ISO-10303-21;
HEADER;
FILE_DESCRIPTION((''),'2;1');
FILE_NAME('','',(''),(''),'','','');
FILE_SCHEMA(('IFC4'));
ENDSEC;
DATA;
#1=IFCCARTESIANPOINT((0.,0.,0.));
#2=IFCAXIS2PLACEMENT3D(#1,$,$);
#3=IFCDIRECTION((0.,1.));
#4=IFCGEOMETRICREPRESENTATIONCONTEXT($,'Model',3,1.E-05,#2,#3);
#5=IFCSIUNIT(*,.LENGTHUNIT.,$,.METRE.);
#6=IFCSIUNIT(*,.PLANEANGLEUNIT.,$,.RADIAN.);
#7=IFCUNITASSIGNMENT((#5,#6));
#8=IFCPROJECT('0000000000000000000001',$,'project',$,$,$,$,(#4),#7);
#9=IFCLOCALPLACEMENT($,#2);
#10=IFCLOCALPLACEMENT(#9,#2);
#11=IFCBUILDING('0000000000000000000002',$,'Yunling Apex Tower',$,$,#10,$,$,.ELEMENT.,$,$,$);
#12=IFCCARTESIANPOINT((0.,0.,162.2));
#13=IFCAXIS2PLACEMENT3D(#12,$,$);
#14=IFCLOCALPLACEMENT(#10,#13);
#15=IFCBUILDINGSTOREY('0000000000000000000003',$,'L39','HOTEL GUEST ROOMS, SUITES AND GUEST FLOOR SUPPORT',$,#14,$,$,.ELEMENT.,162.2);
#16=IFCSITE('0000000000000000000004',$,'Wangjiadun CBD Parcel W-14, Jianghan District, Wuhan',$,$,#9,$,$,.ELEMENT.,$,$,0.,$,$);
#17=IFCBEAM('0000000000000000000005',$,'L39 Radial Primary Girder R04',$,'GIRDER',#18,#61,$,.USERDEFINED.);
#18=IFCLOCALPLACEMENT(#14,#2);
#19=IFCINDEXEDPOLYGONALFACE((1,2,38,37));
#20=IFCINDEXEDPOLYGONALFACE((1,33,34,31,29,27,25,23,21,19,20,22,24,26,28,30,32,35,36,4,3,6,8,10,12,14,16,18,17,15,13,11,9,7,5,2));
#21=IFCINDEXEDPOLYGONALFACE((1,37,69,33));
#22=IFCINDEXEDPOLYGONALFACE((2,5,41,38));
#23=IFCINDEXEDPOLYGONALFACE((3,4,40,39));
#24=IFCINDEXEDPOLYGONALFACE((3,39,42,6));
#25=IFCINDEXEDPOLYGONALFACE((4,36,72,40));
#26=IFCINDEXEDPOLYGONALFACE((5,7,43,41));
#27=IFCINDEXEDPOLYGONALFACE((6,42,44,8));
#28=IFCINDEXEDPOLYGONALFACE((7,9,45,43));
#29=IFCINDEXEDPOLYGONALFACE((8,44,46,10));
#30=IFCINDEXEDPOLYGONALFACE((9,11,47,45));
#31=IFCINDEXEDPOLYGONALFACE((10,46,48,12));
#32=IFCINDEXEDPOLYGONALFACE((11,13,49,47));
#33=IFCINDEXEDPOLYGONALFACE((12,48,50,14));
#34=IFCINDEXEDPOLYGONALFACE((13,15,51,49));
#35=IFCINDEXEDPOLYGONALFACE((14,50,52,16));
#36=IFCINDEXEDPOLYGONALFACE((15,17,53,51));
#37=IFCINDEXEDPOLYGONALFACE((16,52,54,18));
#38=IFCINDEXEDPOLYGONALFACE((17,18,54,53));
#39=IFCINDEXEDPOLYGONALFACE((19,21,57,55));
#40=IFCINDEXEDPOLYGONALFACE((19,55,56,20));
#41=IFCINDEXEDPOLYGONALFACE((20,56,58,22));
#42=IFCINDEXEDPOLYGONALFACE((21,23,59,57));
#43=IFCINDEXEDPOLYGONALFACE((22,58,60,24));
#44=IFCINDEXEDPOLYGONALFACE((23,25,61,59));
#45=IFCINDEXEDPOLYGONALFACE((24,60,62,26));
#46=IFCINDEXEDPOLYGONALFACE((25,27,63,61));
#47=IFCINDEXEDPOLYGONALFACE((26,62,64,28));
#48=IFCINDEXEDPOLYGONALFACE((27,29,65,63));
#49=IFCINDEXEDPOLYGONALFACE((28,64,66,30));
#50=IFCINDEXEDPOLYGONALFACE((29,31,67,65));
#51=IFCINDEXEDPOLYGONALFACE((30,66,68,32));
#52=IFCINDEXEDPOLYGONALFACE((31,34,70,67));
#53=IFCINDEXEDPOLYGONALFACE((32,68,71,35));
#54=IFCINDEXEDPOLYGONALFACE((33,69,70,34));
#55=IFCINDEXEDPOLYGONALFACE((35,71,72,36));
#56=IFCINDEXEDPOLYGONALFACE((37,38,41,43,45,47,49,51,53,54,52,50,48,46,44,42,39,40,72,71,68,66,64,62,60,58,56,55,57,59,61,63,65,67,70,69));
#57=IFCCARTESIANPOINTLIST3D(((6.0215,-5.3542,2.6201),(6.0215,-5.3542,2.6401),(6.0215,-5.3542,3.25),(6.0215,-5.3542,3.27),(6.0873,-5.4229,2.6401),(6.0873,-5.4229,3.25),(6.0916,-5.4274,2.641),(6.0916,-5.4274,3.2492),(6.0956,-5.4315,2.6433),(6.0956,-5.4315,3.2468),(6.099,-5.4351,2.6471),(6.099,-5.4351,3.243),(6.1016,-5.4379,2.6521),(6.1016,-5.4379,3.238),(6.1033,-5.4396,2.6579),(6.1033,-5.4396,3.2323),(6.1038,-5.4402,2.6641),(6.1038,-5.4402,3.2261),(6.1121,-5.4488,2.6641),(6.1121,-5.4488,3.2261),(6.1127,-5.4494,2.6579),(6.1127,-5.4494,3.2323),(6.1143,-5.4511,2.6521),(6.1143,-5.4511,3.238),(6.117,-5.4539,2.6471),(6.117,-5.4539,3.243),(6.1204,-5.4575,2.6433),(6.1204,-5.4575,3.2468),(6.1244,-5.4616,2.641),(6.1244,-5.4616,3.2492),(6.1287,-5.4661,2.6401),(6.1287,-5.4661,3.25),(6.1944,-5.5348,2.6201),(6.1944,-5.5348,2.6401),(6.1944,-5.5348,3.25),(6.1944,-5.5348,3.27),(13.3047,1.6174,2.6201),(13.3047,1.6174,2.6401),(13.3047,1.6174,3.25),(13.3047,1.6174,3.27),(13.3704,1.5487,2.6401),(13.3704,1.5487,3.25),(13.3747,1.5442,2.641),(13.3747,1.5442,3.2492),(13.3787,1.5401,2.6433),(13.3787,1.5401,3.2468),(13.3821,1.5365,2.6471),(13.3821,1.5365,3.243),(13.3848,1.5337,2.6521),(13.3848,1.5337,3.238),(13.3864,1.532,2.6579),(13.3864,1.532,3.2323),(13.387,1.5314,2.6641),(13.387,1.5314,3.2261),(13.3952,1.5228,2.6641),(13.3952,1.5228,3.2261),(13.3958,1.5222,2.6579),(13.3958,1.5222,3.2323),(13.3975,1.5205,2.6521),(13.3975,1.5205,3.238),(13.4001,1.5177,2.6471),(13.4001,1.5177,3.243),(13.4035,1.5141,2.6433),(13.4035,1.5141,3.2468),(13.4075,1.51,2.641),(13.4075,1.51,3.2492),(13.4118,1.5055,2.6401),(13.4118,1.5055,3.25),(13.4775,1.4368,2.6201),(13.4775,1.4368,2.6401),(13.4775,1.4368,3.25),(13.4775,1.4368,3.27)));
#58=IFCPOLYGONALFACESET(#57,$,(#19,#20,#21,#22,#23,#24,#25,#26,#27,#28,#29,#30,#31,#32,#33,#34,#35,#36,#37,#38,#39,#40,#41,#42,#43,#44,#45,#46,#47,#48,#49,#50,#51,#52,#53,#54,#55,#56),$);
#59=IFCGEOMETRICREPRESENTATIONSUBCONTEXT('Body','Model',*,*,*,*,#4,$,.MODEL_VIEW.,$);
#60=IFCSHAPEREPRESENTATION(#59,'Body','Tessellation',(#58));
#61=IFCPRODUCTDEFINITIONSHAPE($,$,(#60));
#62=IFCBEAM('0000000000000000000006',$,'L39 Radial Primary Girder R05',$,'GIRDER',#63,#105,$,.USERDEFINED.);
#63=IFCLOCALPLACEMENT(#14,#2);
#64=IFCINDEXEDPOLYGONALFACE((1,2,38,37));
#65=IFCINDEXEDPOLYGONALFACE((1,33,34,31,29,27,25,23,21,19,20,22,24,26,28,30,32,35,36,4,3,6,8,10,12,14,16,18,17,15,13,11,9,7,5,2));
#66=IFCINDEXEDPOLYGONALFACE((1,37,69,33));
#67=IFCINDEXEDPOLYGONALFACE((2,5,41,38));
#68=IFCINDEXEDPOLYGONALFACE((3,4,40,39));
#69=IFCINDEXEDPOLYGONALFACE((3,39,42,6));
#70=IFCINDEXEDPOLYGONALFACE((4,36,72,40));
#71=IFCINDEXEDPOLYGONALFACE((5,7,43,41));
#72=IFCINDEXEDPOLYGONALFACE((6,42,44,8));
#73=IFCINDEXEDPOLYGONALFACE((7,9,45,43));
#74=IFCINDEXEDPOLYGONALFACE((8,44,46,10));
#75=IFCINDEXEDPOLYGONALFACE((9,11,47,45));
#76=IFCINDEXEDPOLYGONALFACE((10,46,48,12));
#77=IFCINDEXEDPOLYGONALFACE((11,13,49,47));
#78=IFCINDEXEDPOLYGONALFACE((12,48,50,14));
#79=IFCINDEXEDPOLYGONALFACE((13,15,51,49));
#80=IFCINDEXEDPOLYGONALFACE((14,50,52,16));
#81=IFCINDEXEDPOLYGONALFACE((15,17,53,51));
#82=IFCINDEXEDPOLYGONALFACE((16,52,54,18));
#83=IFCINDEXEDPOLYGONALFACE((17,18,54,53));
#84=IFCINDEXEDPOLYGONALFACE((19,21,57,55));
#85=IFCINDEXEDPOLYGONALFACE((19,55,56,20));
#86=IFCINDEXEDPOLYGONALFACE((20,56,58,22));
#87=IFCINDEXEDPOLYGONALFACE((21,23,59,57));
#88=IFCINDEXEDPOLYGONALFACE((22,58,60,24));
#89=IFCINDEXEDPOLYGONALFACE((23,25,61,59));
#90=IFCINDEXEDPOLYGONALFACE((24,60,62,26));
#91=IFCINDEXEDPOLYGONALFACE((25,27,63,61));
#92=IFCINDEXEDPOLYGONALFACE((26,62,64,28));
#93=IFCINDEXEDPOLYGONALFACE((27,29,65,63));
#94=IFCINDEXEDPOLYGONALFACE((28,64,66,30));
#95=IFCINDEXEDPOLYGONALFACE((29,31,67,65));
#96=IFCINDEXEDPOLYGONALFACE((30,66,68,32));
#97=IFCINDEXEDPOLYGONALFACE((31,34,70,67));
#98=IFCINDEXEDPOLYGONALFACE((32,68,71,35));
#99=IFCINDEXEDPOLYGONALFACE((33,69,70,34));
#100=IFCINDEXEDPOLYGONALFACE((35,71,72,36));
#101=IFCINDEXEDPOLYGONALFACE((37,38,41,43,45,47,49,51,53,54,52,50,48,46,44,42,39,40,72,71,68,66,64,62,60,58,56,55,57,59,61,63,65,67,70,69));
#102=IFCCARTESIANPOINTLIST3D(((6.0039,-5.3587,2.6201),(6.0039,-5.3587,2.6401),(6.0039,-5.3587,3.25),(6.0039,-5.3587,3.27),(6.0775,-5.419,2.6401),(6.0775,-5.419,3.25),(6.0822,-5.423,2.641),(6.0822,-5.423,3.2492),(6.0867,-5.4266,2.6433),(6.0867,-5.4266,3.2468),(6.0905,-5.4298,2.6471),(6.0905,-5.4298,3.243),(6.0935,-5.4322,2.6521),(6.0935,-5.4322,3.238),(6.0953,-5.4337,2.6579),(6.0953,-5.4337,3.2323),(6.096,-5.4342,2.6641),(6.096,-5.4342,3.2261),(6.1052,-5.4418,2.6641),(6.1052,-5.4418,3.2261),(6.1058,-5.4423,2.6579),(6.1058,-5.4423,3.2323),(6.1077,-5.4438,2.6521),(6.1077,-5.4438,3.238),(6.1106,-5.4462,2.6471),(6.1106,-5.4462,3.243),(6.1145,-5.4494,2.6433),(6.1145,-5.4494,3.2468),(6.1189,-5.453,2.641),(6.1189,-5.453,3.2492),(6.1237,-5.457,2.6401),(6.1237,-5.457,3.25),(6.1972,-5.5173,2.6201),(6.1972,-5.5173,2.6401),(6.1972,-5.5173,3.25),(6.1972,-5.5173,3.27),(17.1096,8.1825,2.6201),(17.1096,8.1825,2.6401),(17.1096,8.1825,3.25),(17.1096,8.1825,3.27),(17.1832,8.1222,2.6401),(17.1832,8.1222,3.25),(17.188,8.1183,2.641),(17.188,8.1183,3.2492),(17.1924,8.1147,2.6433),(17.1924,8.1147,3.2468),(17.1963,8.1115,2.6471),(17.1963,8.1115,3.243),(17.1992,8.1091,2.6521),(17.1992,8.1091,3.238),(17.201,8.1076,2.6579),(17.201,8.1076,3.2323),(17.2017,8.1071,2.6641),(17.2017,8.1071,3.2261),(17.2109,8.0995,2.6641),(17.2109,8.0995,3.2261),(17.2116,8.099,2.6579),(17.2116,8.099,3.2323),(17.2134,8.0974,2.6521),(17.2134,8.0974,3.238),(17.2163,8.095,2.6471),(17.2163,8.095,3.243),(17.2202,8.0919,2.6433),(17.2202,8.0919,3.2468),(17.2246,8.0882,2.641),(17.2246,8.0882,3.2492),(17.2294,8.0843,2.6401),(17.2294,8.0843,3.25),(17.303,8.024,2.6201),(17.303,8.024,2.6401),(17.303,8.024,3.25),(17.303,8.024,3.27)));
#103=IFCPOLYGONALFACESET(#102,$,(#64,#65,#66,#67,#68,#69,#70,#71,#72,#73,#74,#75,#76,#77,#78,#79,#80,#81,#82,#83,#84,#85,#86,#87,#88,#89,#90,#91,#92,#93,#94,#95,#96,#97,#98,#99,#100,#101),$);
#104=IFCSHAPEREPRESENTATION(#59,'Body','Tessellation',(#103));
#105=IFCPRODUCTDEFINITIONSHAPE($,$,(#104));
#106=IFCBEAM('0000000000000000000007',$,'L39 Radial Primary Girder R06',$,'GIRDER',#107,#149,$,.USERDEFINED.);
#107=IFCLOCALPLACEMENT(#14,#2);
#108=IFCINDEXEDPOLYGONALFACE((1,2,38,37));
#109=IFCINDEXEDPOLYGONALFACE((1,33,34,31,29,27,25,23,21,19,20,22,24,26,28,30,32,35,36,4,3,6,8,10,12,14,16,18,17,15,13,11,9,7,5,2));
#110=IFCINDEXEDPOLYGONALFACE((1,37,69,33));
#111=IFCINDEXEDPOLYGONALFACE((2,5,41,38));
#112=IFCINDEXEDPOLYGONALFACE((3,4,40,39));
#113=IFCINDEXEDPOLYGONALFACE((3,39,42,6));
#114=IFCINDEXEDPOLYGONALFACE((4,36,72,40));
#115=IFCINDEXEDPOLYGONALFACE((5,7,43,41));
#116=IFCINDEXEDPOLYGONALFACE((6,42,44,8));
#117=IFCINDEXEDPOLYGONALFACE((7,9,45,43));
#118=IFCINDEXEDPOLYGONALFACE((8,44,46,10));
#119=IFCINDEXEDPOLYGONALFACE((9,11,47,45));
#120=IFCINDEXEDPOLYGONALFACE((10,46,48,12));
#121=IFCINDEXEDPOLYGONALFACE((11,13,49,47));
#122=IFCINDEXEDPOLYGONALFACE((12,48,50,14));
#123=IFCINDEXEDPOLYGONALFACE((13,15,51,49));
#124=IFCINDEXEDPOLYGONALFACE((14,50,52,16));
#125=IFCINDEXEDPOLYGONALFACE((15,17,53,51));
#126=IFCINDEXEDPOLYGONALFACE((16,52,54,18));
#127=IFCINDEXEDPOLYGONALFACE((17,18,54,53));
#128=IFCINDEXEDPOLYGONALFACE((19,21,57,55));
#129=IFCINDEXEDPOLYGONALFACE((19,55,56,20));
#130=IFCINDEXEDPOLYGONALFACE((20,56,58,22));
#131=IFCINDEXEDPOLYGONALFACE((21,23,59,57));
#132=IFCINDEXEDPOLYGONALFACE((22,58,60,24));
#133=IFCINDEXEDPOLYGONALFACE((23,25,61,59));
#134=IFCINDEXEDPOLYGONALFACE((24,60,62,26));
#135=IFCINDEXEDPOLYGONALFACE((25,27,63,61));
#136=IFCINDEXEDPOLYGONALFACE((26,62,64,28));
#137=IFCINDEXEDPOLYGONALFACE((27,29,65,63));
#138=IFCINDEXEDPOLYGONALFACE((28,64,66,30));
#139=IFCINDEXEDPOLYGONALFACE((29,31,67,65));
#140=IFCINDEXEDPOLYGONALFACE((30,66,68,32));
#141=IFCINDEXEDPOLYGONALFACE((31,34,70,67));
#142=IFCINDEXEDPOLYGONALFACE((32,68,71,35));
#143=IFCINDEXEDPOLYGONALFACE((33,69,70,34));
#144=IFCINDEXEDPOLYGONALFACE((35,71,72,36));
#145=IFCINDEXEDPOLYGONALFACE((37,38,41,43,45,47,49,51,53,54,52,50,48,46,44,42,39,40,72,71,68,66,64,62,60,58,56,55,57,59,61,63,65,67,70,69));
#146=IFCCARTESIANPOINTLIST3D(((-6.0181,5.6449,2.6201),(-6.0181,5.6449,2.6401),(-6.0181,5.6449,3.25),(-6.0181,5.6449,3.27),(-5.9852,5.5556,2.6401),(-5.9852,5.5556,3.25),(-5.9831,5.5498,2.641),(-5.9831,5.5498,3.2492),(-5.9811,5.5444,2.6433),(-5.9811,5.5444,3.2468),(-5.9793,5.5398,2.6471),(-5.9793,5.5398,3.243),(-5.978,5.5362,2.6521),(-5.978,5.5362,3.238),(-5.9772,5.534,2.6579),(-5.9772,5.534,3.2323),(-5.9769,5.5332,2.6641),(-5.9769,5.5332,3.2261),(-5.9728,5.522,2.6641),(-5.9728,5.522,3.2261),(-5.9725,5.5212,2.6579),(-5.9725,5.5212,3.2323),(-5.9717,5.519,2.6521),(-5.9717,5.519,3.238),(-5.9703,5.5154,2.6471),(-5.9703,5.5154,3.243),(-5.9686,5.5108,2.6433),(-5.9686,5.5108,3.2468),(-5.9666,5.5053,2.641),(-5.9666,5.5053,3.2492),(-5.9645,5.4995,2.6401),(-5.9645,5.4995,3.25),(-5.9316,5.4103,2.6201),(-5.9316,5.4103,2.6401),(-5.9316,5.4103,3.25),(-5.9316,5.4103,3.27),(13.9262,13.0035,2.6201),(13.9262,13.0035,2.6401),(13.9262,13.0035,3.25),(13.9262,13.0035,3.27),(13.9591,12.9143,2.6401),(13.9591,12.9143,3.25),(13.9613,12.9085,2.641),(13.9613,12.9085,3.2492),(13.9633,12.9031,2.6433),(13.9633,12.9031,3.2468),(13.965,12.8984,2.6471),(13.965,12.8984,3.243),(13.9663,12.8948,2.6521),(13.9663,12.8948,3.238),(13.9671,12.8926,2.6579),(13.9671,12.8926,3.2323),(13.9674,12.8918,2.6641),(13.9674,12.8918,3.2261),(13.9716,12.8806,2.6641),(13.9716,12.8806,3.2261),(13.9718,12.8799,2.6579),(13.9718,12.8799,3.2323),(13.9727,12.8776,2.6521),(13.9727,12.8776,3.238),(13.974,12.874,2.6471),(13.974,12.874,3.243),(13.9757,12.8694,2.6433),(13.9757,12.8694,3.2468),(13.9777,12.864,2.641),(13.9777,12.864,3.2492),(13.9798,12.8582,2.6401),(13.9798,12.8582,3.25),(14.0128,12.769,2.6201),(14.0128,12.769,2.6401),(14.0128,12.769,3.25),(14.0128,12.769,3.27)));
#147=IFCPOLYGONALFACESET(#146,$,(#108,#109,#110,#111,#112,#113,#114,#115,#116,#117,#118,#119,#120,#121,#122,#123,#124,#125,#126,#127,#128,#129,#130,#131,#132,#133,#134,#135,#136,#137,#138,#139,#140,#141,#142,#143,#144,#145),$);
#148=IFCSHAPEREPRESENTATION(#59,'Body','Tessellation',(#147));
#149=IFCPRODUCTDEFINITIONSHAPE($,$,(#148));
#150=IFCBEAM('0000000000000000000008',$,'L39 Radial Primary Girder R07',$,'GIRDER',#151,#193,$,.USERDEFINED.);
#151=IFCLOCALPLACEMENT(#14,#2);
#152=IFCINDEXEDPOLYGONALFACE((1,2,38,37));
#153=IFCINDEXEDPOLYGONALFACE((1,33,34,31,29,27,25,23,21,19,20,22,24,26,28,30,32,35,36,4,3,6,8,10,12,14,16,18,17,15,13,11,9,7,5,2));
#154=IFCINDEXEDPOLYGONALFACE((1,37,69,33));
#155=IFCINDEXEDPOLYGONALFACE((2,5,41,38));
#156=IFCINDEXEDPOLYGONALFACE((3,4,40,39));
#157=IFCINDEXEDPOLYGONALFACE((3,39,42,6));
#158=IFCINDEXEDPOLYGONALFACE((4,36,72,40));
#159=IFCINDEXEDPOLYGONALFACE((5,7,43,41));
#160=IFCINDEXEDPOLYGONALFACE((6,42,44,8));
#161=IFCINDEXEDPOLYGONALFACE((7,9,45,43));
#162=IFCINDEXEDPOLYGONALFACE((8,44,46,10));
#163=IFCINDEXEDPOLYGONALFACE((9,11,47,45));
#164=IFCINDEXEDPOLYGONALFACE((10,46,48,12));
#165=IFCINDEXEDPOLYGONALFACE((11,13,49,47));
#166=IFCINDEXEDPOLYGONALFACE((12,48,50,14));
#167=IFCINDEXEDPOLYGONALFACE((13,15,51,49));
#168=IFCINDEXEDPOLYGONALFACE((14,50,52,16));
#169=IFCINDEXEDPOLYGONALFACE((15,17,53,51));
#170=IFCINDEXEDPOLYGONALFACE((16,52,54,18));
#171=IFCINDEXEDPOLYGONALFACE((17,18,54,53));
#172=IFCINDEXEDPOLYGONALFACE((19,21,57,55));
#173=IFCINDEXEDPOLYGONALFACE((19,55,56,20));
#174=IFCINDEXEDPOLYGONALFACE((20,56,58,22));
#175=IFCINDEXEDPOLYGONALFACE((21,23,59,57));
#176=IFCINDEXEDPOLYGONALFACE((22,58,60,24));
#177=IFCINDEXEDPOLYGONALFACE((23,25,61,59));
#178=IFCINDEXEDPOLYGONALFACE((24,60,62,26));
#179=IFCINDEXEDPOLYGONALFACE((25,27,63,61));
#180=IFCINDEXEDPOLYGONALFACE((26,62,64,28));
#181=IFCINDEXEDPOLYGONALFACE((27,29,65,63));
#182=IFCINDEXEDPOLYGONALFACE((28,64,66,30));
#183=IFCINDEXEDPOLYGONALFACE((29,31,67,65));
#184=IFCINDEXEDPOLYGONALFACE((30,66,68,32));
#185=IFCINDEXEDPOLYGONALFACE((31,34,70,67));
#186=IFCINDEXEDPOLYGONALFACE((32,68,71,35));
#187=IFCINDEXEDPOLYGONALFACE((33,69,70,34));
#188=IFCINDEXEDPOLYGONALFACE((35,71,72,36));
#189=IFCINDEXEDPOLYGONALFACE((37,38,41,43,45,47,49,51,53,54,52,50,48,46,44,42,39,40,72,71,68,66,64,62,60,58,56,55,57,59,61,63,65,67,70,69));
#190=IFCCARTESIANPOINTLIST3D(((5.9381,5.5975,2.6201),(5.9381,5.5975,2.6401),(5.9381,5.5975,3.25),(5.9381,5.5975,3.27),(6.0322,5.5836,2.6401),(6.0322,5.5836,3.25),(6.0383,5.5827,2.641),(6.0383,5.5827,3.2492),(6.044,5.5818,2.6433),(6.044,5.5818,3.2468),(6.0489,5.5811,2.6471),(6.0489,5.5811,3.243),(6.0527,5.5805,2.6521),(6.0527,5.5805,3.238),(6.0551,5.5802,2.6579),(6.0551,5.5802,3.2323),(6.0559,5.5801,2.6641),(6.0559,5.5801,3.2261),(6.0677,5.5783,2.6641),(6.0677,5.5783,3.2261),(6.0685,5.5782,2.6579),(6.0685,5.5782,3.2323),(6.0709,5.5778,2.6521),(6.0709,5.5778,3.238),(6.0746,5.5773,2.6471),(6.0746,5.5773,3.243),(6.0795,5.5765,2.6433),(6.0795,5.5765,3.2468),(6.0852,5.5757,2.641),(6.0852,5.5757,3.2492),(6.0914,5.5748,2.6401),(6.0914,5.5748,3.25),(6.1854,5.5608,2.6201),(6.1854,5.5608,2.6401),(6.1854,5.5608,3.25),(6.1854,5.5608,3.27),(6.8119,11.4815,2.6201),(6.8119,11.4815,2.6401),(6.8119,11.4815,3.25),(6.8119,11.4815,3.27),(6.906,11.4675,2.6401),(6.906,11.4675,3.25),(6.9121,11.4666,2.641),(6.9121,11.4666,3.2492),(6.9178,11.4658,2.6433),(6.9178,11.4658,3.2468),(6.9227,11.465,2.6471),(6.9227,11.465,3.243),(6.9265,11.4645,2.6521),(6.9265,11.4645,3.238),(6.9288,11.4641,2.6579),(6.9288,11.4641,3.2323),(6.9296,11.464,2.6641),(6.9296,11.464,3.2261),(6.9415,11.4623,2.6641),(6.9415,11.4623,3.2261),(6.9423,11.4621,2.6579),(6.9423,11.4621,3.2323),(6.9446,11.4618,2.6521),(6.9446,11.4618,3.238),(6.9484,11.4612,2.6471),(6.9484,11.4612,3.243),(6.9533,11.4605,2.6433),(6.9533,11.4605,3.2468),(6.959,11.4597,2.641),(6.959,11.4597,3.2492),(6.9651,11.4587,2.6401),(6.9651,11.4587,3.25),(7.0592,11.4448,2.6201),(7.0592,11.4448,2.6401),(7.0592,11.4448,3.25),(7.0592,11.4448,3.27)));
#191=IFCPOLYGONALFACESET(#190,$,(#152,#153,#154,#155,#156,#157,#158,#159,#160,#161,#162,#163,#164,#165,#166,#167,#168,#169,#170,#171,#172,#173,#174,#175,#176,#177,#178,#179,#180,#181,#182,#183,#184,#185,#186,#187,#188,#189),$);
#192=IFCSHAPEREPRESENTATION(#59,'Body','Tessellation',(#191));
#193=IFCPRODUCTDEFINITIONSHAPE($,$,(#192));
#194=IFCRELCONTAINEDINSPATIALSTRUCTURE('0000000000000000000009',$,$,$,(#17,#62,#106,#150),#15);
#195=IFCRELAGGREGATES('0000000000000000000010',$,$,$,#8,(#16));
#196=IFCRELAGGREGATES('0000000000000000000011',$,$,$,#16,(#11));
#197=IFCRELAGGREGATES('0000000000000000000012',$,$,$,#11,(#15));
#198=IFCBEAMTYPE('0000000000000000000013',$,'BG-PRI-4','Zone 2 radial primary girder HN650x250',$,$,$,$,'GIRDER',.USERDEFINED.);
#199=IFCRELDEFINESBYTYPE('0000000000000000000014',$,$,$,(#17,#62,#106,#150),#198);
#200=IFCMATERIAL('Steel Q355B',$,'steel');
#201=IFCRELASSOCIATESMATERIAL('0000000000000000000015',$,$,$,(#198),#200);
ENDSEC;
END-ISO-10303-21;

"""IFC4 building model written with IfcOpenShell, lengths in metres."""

from ifc_helpers import new_model, si_unit, direction, frame, origin, origin_2d, place, context, subcontext, project, spatial, i_section, extrude, source, transform, mapped, material, material_profile, profile_set, type_object, element, save


model = new_model("IFC4")

# Units and contexts
model_context = context("Model", 3, precision=1e-05, world=origin(), true_north=direction((0.0, 1.0)))
body_context = subcontext(model_context, "Body", "Model", "MODEL_VIEW")
ifc_project = project(units=[si_unit("LENGTHUNIT", "METRE"), si_unit("PLANEANGLEUNIT", "RADIAN")], contexts=[model_context])

# Site, building, storey
site_placement = place(None, origin())
site = spatial("IfcSite", under=ifc_project, at=site_placement, Name="Wangjiadun CBD Parcel W-14, Jianghan District, Wuhan", CompositionType="ELEMENT", RefElevation=0.0)
building_placement = place(site_placement, origin())
building = spatial("IfcBuilding", under=site, at=building_placement, Name="Yunling Apex Tower", CompositionType="ELEMENT")
storey_placement = place(building_placement, frame((0.0, 0.0, 162.2)))
storey = spatial("IfcBuildingStorey", under=building, at=storey_placement, Name="L39", Description="HOTEL GUEST ROOMS, SUITES AND GUEST FLOOR SUPPORT", CompositionType="ELEMENT", Elevation=162.2)

# Beams
ifc_material_1 = material(Name="Steel Q355B", Category="steel")
ifc_material_profile_1 = material_profile(ifc_material_1, i_section(OverallWidth=0.25, OverallDepth=0.6499, WebThickness=0.012, FlangeThickness=0.02, FilletRadius=0.0239, at=origin_2d()))
ifc_profile_set_1 = profile_set([ifc_material_profile_1], Name="Steel Q355B")
beam_type_1 = type_object("IfcBeamType", Name="BG-PRI-4", Description="Zone 2 radial primary girder HN650x250", ElementType="GIRDER", PredefinedType="USERDEFINED", material=ifc_profile_set_1)
shared_shape_1 = source(origin(), body_context, "Body", "SweptSolid", [
    extrude(i_section(OverallWidth=0.25, OverallDepth=0.6499, WebThickness=0.012, FlangeThickness=0.02, FilletRadius=0.0239, at=origin_2d()), origin(), (0.0, 0.0, 1.0), 10.082),
])
beam_1_placement = place(storey_placement, frame((13.3911, 1.5271, 2.9451), z_axis=(-0.722387, -0.691489, 0.0), x_axis=(0.691489, -0.722387, 0.0)))
element("IfcBeam", 1, at=beam_1_placement, inside=storey, type_object=beam_type_1, Name="L39 Radial Primary Girder R04", ObjectType="GIRDER", PredefinedType="USERDEFINED", context=body_context, shape_type="MappedRepresentation", body=[
    mapped(shared_shape_1, transform((0.0, 0.0, 0.0), scale=1.0)),
])
shared_shape_2 = source(origin(), body_context, "Body", "SweptSolid", [
    extrude(i_section(OverallWidth=0.25, OverallDepth=0.6499, WebThickness=0.012, FlangeThickness=0.02, FilletRadius=0.0239, at=origin_2d()), origin(), (0.0, 0.0, 1.0), 17.5129),
])
beam_2_placement = place(storey_placement, frame((17.2063, 8.1033, 2.9451), z_axis=(-0.634144, -0.773215, 0.0), x_axis=(0.773215, -0.634144, 0.0)))
element("IfcBeam", 2, at=beam_2_placement, inside=storey, type_object=beam_type_1, Name="L39 Radial Primary Girder R05", ObjectType="GIRDER", PredefinedType="USERDEFINED", context=body_context, shape_type="MappedRepresentation", body=[
    mapped(shared_shape_2, transform((0.0, 0.0, 0.0), scale=1.0)),
])
shared_shape_3 = source(origin(), body_context, "Body", "SweptSolid", [
    extrude(i_section(OverallWidth=0.25, OverallDepth=0.6499, WebThickness=0.012, FlangeThickness=0.02, FilletRadius=0.0239, at=origin_2d()), origin(), (0.0, 0.0, 1.0), 21.2585),
])
beam_3_placement = place(storey_placement, frame((13.9695, 12.8862, 2.9451), z_axis=(-0.938179, -0.34615, 0.0), x_axis=(0.34615, -0.938179, 0.0)))
element("IfcBeam", 3, at=beam_3_placement, inside=storey, type_object=beam_type_1, Name="L39 Radial Primary Girder R06", ObjectType="GIRDER", PredefinedType="USERDEFINED", context=body_context, shape_type="MappedRepresentation", body=[
    mapped(shared_shape_3, transform((0.0, 0.0, 0.0), scale=1.0)),
])
shared_shape_4 = source(origin(), body_context, "Body", "SweptSolid", [
    extrude(i_section(OverallWidth=0.25, OverallDepth=0.6499, WebThickness=0.012, FlangeThickness=0.02, FilletRadius=0.0239, at=origin_2d()), origin(), (0.0, 0.0, 1.0), 5.9485),
])
beam_4_placement = place(storey_placement, frame((6.9355, 11.4631, 2.9451), z_axis=(-0.146889, -0.989153, 0.0), x_axis=(0.989153, -0.146889, 0.0)))
element("IfcBeam", 4, at=beam_4_placement, inside=storey, type_object=beam_type_1, Name="L39 Radial Primary Girder R07", ObjectType="GIRDER", PredefinedType="USERDEFINED", context=body_context, shape_type="MappedRepresentation", body=[
    mapped(shared_shape_4, transform((0.0, 0.0, 0.0), scale=1.0)),
])

save(model, "model.ifc")
